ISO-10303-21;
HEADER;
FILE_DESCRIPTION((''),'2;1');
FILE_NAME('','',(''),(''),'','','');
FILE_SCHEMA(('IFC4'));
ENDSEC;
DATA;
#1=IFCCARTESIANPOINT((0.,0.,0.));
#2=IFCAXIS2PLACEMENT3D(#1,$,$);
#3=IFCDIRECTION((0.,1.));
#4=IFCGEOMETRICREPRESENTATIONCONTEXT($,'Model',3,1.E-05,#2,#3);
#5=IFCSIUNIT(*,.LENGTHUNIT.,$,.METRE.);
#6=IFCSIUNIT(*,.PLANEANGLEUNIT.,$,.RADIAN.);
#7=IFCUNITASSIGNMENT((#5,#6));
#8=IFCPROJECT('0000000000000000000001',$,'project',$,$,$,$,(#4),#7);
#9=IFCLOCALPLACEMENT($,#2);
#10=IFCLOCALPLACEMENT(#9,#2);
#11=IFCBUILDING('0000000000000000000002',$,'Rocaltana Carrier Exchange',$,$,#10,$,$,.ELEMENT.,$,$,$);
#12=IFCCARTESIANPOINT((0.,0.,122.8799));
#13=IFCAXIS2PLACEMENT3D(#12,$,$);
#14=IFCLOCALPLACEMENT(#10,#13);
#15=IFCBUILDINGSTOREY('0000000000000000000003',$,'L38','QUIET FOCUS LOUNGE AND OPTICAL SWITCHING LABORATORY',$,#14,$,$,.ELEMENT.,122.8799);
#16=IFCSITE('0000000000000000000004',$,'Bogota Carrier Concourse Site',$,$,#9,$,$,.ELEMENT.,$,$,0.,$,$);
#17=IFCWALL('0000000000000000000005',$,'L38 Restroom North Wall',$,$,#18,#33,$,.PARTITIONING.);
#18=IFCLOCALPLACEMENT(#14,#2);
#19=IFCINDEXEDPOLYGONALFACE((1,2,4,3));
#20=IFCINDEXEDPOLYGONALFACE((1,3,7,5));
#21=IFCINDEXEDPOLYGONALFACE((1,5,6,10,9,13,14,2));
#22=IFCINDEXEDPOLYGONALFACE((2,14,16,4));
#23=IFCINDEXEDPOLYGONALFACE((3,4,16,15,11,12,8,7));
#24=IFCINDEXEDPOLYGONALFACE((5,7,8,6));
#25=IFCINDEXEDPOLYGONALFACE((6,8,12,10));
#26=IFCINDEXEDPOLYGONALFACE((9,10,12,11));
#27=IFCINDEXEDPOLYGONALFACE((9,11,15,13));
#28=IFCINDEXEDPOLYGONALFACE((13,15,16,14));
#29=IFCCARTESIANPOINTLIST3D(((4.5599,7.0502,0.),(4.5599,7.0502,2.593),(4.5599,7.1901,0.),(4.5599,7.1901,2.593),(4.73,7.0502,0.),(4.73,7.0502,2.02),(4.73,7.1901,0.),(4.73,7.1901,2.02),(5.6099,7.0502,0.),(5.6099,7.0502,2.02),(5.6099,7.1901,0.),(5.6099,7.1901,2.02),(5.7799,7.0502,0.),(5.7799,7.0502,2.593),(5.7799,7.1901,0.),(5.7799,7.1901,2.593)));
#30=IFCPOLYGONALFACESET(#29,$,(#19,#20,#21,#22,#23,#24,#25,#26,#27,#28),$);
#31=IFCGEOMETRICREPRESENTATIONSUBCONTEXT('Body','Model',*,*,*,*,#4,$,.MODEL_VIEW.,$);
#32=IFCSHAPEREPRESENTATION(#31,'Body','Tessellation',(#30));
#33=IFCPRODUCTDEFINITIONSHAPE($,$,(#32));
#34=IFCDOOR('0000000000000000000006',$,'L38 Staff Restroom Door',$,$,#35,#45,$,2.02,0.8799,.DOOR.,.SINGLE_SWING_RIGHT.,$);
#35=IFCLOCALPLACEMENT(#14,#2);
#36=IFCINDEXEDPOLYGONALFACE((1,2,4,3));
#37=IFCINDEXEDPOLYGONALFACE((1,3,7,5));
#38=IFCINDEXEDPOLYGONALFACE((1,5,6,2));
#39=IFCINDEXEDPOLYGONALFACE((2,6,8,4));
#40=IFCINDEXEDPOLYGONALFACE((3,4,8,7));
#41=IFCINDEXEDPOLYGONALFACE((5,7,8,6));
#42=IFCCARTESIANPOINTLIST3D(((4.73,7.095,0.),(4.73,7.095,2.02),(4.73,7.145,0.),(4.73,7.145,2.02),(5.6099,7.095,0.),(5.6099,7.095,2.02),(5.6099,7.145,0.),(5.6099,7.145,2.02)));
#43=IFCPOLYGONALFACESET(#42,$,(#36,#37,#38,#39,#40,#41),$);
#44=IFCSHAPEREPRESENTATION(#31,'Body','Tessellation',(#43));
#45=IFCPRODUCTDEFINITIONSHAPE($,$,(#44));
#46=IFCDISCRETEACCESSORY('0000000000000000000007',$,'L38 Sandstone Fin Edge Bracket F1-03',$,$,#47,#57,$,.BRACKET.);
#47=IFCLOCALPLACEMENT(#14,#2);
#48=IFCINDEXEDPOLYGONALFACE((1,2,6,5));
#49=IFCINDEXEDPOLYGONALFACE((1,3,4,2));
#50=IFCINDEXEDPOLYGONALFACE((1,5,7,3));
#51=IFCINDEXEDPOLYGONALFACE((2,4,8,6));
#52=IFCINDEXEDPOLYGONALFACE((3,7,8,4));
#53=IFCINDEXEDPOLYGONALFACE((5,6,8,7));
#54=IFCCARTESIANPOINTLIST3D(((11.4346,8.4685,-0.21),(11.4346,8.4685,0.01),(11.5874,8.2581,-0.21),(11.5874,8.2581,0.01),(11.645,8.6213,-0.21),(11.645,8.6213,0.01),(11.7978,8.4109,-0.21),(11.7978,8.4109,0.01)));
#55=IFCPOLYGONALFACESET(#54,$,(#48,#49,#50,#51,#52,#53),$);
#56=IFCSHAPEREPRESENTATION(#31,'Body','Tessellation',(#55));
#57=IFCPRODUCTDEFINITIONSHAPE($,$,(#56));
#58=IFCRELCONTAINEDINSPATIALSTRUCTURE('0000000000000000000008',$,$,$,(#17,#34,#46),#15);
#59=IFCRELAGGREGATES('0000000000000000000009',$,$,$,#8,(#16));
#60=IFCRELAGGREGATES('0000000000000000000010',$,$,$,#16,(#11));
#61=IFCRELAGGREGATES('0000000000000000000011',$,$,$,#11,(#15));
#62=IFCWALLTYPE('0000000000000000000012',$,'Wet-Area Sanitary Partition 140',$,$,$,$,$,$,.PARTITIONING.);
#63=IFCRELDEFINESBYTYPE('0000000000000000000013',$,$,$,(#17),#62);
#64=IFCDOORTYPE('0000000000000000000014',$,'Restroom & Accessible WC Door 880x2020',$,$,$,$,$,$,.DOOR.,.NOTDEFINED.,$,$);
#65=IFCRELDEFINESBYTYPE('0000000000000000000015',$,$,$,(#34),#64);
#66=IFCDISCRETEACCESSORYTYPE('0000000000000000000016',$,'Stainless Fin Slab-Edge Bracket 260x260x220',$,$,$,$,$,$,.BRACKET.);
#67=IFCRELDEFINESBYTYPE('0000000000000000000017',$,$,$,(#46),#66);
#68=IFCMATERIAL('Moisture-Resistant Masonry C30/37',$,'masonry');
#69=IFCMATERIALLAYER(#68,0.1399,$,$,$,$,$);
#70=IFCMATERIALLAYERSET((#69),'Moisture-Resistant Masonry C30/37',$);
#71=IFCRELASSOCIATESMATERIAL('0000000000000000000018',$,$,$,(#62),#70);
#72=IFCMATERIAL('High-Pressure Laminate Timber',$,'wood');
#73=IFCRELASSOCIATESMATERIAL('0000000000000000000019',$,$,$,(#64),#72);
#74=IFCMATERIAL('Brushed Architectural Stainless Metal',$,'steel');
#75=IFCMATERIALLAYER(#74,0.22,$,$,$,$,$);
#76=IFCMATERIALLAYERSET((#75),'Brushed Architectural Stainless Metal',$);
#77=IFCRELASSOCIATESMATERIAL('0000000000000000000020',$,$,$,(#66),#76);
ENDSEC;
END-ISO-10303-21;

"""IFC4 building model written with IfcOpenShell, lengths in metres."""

from ifc_helpers import new_model, si_unit, direction, frame, frame_2d, origin, origin_2d, place, context, subcontext, project, spatial, rectangle, extrude, material, layer, layer_set, type_object, element, fill, save


model = new_model("IFC4")

# Units and contexts
model_context = context("Model", 3, precision=1e-05, world=origin(), true_north=direction((0.0, 1.0)))
body_context = subcontext(model_context, "Body", "Model", "MODEL_VIEW")
ifc_project = project(units=[si_unit("LENGTHUNIT", "METRE"), si_unit("PLANEANGLEUNIT", "RADIAN")], contexts=[model_context])

# Site, building, storey
site_placement = place(None, origin())
site = spatial("IfcSite", under=ifc_project, at=site_placement, Name="Bogota Carrier Concourse Site", CompositionType="ELEMENT", RefElevation=0.0)
building_placement = place(site_placement, origin())
building = spatial("IfcBuilding", under=site, at=building_placement, Name="Rocaltana Carrier Exchange", CompositionType="ELEMENT")
storey_placement = place(building_placement, frame((0.0, 0.0, 122.8799)))
storey = spatial("IfcBuildingStorey", under=building, at=storey_placement, Name="L38", Description="QUIET FOCUS LOUNGE AND OPTICAL SWITCHING LABORATORY", CompositionType="ELEMENT", Elevation=122.8799)

# Shared definitions
ifc_material_1 = material(Name="Moisture-Resistant Masonry C30/37", Category="masonry")
ifc_layer_1 = layer(ifc_material_1, 0.1399)
ifc_layer_set_1 = layer_set([ifc_layer_1], Name="Moisture-Resistant Masonry C30/37")
wall_type_1 = type_object("IfcWallType", Name="Wet-Area Sanitary Partition 140", PredefinedType="PARTITIONING", material=ifc_layer_set_1)

# Wall, opening, door
wall_1_placement = place(storey_placement, frame((4.5601, 7.1201, 0.0), z_axis=(0.0, 0.0, 1.0), x_axis=(1.0, 0.0, 0.0)))
wall_1 = element("IfcWall", 1, at=wall_1_placement, inside=storey, type_object=wall_type_1, Name="L38 Restroom North Wall", PredefinedType="PARTITIONING", context=body_context, shape_type="SweptSolid", body=[
    extrude(rectangle(XDim=1.22, YDim=0.1399, at=frame_2d((0.6099, 0.0))), origin(), (0.0, 0.0, 1.0), 2.593),
])
opening_1_placement = place(wall_1_placement, frame((0.1699, 0.0, 0.0)))
opening_1 = element("IfcOpeningElement", 2, at=opening_1_placement, cuts=wall_1, PredefinedType="OPENING", context=body_context, shape_type="SweptSolid", body=[
    extrude(rectangle(XDim=0.8799, YDim=2.02, at=frame_2d((0.4399, 1.01))), frame((0.0, 0.0798, 0.0), z_axis=(0.0, -1.0, 0.0), x_axis=(1.0, 0.0, 0.0)), (0.0, 0.0, 1.0), 0.1599),
])
ifc_material_2 = material(Name="High-Pressure Laminate Timber", Category="wood")
door_type_1 = type_object("IfcDoorType", Name="Restroom & Accessible WC Door 880x2020", OperationType="NOTDEFINED", PredefinedType="DOOR", material=ifc_material_2)
door_1_placement = place(opening_1_placement, origin())
door_1 = element("IfcDoor", 3, at=door_1_placement, inside=storey, type_object=door_type_1, Name="L38 Staff Restroom Door", OperationType="SINGLE_SWING_RIGHT", OverallHeight=2.02, OverallWidth=0.8799, PredefinedType="DOOR", context=body_context, shape_type="SweptSolid", body=[
    extrude(rectangle(XDim=0.8799, YDim=2.02, at=frame_2d((0.4399, 1.01))), frame((0.0, 0.0249, 0.0), z_axis=(0.0, -1.0, 0.0), x_axis=(1.0, 0.0, 0.0)), (0.0, 0.0, 1.0), 0.05),
])
fill(opening_1, door_1)

# Discrete accessory
ifc_material_3 = material(Name="Brushed Architectural Stainless Metal", Category="steel")
ifc_layer_2 = layer(ifc_material_3, 0.22)
ifc_layer_set_2 = layer_set([ifc_layer_2], Name="Brushed Architectural Stainless Metal")
discrete_accessory_type = type_object("IfcDiscreteAccessoryType", Name="Stainless Fin Slab-Edge Bracket 260x260x220", PredefinedType="BRACKET", material=ifc_layer_set_2)
discrete_accessory_placement = place(storey_placement, frame((11.6162, 8.4397, -0.21), z_axis=(0.0, 0.0, 1.0), x_axis=(-0.587785, 0.809017, 0.0)))
element("IfcDiscreteAccessory", 4, at=discrete_accessory_placement, inside=storey, type_object=discrete_accessory_type, Name="L38 Sandstone Fin Edge Bracket F1-03", PredefinedType="BRACKET", context=body_context, shape_type="SweptSolid", body=[
    extrude(rectangle(XDim=0.26, YDim=0.26, at=origin_2d()), origin(), (0.0, 0.0, 1.0), 0.22),
])

save(model, "model.ifc")
